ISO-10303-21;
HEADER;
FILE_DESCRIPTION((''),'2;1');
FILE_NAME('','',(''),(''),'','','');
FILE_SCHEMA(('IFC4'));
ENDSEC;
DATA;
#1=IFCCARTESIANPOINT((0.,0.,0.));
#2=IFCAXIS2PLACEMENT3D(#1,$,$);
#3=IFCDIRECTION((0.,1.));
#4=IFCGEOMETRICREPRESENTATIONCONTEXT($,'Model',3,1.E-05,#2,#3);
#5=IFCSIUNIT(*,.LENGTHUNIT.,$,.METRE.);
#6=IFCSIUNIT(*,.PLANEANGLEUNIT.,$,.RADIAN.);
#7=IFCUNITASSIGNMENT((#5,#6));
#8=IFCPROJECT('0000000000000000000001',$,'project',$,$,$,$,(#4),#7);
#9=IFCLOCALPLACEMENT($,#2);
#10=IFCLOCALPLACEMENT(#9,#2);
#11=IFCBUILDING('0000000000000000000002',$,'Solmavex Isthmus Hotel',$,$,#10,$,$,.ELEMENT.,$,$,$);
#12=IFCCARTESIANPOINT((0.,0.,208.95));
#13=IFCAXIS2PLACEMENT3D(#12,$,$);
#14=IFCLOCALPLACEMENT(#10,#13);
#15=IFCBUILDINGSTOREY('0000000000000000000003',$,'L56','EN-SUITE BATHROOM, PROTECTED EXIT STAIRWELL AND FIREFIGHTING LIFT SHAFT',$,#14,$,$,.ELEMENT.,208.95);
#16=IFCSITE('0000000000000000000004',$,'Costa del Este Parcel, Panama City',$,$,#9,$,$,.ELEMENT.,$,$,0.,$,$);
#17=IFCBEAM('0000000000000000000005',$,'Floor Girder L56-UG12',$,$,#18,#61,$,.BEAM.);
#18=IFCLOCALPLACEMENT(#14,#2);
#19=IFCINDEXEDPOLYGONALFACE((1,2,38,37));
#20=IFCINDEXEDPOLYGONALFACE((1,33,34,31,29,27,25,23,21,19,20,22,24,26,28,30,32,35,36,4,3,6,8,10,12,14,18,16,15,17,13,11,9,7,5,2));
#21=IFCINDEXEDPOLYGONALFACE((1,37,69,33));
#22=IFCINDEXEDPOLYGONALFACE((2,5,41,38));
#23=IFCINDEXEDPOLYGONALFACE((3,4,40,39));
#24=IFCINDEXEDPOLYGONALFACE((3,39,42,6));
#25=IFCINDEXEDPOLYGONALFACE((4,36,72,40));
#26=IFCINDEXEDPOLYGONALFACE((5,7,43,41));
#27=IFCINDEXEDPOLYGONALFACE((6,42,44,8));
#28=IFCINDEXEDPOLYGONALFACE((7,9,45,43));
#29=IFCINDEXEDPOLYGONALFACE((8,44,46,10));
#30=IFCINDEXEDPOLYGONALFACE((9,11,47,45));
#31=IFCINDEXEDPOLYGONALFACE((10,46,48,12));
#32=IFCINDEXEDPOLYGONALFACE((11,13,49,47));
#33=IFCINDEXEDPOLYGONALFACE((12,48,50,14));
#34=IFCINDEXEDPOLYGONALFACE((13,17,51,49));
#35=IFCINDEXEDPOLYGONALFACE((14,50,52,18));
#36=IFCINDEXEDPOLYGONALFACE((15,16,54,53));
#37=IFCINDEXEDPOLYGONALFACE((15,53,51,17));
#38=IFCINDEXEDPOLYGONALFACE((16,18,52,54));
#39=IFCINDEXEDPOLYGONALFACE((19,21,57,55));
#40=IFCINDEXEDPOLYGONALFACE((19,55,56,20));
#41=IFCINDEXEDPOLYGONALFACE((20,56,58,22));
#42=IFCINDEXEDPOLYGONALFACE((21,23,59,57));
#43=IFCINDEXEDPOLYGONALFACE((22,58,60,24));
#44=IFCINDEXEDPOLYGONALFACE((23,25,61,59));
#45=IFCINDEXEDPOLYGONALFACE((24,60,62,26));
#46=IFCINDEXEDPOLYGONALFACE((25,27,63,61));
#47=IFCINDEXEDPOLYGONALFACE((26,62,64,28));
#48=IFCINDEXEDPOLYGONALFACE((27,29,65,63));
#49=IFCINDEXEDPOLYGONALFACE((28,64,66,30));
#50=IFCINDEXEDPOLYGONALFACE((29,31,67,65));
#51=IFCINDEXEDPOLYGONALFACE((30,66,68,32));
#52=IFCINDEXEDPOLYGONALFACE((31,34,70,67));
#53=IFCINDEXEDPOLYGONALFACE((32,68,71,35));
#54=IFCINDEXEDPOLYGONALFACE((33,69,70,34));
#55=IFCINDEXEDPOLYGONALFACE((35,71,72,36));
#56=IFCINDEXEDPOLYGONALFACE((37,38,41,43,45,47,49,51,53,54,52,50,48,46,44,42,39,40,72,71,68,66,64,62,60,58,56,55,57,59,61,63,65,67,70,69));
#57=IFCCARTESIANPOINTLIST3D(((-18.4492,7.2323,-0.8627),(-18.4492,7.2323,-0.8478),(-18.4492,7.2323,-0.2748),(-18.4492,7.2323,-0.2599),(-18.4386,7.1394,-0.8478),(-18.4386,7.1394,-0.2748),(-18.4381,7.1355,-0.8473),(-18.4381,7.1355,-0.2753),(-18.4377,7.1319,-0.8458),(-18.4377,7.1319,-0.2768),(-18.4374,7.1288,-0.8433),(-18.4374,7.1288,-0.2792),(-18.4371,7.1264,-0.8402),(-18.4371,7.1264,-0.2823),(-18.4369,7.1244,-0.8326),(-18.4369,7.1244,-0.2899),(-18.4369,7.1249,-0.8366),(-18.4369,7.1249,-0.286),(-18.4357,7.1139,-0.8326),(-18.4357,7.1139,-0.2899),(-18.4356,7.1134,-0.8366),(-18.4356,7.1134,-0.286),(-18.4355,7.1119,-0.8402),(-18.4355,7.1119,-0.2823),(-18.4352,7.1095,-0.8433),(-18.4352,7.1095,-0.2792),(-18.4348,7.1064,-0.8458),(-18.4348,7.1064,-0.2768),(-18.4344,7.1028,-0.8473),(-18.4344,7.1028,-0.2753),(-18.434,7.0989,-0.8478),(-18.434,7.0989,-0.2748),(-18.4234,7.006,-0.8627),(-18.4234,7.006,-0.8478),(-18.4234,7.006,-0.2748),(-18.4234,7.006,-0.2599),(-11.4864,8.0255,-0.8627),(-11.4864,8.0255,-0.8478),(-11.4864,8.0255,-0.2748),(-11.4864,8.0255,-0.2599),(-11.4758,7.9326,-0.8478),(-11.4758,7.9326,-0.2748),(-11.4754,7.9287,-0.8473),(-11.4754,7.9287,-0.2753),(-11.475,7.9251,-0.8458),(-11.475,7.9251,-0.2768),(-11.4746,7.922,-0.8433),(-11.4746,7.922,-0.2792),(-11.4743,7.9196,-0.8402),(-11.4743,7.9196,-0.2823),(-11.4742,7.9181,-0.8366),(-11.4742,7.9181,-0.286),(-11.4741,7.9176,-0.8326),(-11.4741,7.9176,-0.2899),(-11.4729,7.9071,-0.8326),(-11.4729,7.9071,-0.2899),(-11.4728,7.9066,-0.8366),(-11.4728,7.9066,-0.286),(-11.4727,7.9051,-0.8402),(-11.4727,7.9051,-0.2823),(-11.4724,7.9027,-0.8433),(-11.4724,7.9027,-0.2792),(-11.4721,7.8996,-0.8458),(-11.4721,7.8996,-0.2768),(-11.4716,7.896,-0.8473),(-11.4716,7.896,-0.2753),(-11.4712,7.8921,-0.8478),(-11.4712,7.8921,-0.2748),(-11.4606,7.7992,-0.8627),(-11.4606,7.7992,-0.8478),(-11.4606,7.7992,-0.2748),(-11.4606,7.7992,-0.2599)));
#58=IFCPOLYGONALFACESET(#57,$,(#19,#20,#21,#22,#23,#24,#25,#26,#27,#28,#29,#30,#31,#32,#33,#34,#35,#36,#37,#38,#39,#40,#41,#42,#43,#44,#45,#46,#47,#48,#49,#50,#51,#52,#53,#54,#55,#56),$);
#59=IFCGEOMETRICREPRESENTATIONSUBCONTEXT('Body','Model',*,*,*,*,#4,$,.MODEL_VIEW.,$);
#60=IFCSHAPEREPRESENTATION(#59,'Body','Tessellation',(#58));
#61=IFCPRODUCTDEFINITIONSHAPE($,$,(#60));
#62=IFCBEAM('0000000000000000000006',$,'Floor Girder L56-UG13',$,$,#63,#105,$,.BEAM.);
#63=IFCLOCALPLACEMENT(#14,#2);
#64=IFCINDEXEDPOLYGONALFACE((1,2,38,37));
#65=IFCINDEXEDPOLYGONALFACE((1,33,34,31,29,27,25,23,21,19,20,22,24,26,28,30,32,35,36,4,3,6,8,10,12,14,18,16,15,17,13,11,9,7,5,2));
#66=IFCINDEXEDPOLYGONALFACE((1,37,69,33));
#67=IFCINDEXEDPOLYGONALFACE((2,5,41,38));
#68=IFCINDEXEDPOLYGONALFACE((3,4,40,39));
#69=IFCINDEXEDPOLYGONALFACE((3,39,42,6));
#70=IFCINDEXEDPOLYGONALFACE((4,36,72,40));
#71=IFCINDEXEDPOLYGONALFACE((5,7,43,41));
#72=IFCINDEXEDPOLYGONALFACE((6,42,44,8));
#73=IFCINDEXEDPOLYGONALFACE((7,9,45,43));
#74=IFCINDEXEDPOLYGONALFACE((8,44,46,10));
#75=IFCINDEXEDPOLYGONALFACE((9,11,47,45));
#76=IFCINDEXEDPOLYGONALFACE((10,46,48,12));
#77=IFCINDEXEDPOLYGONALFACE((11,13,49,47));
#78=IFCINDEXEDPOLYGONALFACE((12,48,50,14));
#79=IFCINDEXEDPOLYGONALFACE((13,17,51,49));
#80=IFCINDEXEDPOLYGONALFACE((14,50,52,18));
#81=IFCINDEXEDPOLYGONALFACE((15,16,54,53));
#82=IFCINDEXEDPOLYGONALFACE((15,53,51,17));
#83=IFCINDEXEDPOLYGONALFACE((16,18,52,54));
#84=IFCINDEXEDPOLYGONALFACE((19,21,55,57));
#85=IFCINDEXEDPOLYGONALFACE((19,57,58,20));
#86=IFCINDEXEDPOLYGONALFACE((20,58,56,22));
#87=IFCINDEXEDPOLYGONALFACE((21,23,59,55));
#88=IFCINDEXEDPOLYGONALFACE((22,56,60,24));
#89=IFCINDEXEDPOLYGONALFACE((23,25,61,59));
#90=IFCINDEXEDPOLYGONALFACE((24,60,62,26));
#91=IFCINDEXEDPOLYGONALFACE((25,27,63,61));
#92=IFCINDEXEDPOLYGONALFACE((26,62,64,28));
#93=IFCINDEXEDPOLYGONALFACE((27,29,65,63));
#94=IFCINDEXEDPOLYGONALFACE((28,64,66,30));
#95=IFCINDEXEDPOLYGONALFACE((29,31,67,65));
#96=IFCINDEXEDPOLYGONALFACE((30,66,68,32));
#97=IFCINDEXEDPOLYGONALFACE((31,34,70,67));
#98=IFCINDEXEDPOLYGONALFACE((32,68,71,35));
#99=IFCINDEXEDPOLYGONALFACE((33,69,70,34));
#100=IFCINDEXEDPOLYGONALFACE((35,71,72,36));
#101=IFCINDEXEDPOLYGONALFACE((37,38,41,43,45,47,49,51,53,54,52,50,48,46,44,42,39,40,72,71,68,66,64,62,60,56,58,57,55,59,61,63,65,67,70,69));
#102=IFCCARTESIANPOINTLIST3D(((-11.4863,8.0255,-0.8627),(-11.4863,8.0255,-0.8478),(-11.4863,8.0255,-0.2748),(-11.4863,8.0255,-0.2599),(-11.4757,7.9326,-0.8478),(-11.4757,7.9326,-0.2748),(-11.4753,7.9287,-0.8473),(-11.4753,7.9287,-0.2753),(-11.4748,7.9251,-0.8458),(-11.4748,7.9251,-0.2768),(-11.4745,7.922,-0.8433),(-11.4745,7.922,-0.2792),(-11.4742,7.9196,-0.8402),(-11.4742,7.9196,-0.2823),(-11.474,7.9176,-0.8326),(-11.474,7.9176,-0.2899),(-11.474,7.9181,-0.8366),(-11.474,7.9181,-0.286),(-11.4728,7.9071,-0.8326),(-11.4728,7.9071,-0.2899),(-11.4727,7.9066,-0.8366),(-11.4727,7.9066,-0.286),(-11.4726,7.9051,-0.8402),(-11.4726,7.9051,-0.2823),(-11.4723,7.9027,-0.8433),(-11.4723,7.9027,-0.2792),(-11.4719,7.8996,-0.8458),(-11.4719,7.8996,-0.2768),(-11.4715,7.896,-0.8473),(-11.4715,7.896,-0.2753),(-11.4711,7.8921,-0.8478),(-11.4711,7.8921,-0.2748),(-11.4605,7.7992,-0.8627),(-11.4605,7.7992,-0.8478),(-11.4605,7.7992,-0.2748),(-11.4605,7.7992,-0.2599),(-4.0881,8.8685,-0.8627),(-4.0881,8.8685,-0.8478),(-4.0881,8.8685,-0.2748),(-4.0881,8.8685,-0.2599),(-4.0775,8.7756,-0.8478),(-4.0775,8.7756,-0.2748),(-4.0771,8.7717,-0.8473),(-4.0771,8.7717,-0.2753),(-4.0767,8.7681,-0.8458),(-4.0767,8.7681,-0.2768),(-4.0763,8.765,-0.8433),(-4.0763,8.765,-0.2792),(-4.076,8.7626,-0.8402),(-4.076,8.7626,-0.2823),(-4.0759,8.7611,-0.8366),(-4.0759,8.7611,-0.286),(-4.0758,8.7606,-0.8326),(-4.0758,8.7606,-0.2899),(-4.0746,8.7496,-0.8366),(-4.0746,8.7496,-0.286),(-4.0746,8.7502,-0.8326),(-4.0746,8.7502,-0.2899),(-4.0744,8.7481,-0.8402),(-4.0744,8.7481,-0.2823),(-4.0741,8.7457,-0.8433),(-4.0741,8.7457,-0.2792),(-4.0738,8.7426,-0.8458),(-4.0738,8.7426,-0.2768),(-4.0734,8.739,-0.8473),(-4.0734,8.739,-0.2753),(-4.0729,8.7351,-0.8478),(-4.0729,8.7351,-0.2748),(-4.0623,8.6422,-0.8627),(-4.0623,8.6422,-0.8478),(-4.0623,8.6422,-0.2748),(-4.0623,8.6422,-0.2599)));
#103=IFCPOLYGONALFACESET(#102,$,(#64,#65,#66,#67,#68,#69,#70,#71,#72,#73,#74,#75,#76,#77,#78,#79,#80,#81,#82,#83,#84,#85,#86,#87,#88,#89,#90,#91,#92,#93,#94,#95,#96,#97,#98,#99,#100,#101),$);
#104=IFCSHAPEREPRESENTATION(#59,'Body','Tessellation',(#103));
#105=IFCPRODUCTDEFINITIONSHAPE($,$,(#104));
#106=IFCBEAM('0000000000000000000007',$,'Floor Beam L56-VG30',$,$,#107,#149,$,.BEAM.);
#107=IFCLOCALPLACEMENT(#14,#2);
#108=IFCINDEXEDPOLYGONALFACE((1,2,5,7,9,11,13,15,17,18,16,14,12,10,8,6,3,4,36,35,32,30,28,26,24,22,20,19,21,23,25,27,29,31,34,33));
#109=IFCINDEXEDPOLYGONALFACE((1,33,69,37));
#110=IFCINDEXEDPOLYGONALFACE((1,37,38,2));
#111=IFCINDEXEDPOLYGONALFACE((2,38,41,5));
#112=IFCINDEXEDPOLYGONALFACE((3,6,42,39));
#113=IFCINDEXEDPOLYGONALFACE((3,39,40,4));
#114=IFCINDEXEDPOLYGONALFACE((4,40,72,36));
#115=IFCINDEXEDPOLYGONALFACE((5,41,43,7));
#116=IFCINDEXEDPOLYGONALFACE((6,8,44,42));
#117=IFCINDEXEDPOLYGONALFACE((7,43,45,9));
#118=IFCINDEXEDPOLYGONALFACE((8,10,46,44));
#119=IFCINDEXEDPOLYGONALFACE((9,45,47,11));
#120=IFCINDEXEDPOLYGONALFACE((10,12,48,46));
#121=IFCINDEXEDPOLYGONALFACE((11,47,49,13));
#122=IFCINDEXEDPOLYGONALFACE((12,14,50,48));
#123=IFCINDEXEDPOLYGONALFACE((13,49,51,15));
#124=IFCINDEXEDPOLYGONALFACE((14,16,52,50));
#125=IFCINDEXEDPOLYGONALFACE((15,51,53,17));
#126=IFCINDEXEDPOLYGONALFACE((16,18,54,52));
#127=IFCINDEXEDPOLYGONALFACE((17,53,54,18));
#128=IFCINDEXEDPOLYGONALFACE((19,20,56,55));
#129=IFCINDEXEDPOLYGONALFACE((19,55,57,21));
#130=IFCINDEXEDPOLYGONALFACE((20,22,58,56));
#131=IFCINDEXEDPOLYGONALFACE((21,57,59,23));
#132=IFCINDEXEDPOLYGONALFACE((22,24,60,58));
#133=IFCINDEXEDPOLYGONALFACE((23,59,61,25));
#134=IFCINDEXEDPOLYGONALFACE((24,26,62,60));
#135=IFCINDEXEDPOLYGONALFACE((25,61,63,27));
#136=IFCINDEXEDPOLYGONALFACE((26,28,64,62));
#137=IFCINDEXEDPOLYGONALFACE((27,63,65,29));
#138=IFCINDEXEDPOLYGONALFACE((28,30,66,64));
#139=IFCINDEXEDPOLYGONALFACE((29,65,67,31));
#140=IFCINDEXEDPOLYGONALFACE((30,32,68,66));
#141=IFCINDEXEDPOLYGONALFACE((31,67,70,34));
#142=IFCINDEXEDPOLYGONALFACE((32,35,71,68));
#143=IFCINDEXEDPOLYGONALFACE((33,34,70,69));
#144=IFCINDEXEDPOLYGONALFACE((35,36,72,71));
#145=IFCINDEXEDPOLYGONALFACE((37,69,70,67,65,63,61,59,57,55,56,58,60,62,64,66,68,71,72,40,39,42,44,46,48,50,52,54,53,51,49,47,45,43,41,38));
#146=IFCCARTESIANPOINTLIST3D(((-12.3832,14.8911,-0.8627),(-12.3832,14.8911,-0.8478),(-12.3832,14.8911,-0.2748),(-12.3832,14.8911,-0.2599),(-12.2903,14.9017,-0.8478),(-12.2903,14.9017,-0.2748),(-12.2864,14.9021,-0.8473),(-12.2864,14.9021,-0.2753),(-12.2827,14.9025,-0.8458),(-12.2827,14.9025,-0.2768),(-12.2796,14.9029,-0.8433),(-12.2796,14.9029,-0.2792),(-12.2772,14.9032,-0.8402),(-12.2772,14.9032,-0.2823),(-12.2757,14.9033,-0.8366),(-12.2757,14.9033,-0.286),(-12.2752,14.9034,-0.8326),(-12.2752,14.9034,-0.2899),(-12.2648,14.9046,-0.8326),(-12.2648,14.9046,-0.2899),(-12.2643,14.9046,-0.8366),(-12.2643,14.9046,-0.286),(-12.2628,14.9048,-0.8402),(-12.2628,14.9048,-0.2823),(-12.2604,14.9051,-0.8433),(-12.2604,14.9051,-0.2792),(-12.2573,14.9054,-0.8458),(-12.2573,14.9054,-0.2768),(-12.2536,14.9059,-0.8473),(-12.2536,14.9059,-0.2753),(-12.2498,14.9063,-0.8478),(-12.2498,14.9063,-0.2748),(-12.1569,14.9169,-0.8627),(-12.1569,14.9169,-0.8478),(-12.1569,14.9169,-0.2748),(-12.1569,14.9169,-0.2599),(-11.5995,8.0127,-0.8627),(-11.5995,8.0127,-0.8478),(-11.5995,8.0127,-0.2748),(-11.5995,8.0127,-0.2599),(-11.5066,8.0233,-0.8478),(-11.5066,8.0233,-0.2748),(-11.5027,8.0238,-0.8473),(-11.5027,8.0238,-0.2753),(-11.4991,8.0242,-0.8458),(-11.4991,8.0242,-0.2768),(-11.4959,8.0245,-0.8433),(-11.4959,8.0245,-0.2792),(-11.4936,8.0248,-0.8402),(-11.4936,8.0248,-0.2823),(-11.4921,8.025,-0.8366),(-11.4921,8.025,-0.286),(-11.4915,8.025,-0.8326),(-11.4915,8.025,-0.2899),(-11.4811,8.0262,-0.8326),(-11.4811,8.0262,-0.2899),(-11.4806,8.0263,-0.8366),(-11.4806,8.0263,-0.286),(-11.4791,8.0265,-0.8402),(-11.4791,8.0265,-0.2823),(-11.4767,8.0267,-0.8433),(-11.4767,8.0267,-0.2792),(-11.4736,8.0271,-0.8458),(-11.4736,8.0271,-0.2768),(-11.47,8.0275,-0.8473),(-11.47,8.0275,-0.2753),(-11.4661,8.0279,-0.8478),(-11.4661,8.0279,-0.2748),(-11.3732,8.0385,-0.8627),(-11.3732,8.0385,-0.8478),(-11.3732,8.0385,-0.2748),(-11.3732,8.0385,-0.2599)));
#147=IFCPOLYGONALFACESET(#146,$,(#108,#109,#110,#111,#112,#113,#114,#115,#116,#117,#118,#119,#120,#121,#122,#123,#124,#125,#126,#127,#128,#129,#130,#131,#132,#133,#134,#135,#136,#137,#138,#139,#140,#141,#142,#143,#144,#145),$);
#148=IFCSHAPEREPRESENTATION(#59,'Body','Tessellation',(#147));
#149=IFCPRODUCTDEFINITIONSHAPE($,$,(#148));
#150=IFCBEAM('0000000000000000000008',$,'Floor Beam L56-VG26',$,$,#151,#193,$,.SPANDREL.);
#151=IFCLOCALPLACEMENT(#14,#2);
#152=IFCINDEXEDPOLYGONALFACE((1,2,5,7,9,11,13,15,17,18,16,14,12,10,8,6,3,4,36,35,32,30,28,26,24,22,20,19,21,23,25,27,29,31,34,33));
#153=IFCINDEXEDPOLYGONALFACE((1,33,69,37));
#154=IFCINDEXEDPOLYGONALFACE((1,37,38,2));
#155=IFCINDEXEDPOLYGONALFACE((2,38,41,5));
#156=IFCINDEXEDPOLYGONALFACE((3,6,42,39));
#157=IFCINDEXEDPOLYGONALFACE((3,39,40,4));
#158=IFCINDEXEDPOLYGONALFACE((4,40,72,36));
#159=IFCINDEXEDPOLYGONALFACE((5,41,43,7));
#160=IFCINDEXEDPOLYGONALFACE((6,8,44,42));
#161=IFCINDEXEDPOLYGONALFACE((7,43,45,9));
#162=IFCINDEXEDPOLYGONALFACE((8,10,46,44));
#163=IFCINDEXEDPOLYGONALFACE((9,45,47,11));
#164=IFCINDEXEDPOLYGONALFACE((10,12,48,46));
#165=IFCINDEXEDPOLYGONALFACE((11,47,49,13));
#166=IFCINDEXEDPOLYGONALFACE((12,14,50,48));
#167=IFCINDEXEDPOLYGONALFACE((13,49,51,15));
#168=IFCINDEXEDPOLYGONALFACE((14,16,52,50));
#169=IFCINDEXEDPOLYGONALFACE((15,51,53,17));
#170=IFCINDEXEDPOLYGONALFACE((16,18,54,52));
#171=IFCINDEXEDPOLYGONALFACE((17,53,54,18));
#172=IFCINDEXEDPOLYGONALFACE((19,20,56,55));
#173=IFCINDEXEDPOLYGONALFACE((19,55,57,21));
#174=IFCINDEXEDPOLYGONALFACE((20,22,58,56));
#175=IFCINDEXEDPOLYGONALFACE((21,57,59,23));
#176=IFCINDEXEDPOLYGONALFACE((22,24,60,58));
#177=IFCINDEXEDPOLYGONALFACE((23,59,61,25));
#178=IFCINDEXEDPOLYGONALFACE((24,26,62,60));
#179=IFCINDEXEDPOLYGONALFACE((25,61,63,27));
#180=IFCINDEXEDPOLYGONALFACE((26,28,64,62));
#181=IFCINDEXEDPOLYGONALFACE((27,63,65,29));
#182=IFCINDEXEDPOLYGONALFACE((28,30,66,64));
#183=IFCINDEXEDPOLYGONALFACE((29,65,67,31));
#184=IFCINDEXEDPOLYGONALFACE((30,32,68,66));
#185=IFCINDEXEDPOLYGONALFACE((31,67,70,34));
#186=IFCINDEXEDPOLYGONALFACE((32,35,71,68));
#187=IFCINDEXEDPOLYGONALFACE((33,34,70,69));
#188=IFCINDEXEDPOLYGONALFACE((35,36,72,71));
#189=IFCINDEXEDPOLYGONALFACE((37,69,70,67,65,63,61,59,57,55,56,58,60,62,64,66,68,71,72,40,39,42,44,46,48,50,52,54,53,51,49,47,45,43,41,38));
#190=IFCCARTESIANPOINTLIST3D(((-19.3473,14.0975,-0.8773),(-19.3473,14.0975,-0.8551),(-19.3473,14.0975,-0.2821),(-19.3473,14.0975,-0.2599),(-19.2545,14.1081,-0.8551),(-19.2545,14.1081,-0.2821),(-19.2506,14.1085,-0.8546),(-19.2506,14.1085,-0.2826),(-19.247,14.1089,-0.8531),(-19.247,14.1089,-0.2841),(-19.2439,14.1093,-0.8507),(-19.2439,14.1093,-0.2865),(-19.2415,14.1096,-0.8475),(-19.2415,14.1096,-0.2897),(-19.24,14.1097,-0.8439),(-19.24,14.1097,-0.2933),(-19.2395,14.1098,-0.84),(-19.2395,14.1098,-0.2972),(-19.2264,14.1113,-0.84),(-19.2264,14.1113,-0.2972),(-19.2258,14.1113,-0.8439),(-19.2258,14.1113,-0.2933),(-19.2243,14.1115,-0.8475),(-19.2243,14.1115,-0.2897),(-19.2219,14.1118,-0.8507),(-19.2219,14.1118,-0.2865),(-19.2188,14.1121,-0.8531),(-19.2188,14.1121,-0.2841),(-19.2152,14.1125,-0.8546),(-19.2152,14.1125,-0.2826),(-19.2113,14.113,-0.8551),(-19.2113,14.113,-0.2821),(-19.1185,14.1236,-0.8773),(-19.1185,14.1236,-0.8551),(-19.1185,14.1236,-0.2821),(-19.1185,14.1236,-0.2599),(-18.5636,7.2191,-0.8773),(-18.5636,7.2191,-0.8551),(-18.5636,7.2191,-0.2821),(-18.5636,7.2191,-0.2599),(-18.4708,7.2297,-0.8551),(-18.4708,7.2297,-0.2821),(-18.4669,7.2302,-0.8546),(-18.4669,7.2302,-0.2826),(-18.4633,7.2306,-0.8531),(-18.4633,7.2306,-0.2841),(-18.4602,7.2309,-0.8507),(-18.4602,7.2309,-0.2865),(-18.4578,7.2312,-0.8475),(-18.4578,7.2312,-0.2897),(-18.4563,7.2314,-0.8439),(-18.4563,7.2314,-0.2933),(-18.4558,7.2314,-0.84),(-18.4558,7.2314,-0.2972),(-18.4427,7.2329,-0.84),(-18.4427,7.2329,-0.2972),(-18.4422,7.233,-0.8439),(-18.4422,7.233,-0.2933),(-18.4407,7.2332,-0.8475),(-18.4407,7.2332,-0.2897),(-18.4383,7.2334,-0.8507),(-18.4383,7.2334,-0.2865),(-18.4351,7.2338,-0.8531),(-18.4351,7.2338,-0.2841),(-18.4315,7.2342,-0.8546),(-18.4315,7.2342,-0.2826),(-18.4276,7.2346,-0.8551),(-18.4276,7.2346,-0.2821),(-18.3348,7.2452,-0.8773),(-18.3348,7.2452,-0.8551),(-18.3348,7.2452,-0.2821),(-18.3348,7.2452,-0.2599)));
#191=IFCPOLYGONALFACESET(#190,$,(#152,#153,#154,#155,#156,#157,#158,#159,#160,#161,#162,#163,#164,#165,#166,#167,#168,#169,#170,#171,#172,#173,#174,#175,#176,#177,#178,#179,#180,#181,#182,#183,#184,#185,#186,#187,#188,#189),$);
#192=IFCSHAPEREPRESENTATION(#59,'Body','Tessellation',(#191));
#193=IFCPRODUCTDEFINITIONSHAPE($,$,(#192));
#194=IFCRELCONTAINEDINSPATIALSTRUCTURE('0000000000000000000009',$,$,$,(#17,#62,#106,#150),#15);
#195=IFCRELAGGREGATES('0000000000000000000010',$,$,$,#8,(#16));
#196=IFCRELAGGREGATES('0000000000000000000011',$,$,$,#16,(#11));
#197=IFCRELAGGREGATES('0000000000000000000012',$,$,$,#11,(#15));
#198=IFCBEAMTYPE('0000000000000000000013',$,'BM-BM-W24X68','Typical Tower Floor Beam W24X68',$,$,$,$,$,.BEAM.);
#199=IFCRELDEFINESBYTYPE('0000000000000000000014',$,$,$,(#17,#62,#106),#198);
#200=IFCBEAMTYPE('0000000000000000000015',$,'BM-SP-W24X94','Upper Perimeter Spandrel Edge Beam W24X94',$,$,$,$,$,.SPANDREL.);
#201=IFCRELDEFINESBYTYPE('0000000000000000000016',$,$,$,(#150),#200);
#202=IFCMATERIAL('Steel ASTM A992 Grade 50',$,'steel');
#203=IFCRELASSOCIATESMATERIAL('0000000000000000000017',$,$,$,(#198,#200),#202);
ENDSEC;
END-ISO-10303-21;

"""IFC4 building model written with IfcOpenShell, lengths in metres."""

from ifc_helpers import new_model, si_unit, direction, frame, origin, origin_2d, place, context, subcontext, project, spatial, i_section, extrude, material, material_profile, profile_set, type_object, element, save


model = new_model("IFC4")

# Units and contexts
model_context = context("Model", 3, precision=1e-05, world=origin(), true_north=direction((0.0, 1.0)))
body_context = subcontext(model_context, "Body", "Model", "MODEL_VIEW")
ifc_project = project(units=[si_unit("LENGTHUNIT", "METRE"), si_unit("PLANEANGLEUNIT", "RADIAN")], contexts=[model_context])

# Site, building, storey
site_placement = place(None, origin())
site = spatial("IfcSite", under=ifc_project, at=site_placement, Name="Costa del Este Parcel, Panama City", CompositionType="ELEMENT", RefElevation=0.0)
building_placement = place(site_placement, origin())
building = spatial("IfcBuilding", under=site, at=building_placement, Name="Solmavex Isthmus Hotel", CompositionType="ELEMENT")
storey_placement = place(building_placement, frame((0.0, 0.0, 208.95)))
storey = spatial("IfcBuildingStorey", under=building, at=storey_placement, Name="L56", Description="EN-SUITE BATHROOM, PROTECTED EXIT STAIRWELL AND FIREFIGHTING LIFT SHAFT", CompositionType="ELEMENT", Elevation=208.95)

# Beams
ifc_material_1 = material(Name="Steel ASTM A992 Grade 50", Category="steel")
ifc_material_profile_1 = material_profile(ifc_material_1, i_section(OverallWidth=0.2278, OverallDepth=0.6028, WebThickness=0.0105, FlangeThickness=0.0149, FilletRadius=0.0151, at=origin_2d()), Name="W24X68")
ifc_profile_set_1 = profile_set([ifc_material_profile_1], Name="Steel ASTM A992 Grade 50")
beam_type_1 = type_object("IfcBeamType", Name="BM-BM-W24X68", Description="Typical Tower Floor Beam W24X68", PredefinedType="BEAM", material=ifc_profile_set_1)
beam_1_placement = place(storey_placement, frame((-18.4363, 7.1191, -0.5613), z_axis=(0.993574, 0.113188, 0.0), x_axis=(-0.113188, 0.993574, 0.0)))
element("IfcBeam", 1, at=beam_1_placement, inside=storey, type_object=beam_type_1, Name="Floor Girder L56-UG12", PredefinedType="BEAM", context=body_context, shape_type="SweptSolid", body=[
    extrude(i_section(OverallWidth=0.2278, OverallDepth=0.6028, WebThickness=0.0105, FlangeThickness=0.0149, FilletRadius=0.0151, at=origin_2d()), origin(), (0.0, 0.0, 1.0), 7.0078),
])
beam_2_placement = place(storey_placement, frame((-11.4734, 7.9124, -0.5613), z_axis=(0.99357, 0.113216, 0.0), x_axis=(-0.113216, 0.99357, 0.0)))
element("IfcBeam", 2, at=beam_2_placement, inside=storey, type_object=beam_type_1, Name="Floor Girder L56-UG13", PredefinedType="BEAM", context=body_context, shape_type="SweptSolid", body=[
    extrude(i_section(OverallWidth=0.2278, OverallDepth=0.6028, WebThickness=0.0105, FlangeThickness=0.0149, FilletRadius=0.0151, at=origin_2d()), origin(), (0.0, 0.0, 1.0), 7.446),
])
beam_3_placement = place(storey_placement, frame((-11.4863, 8.0256, -0.5613), z_axis=(-0.113202, 0.993572, 0.0), x_axis=(-0.993572, -0.113202, 0.0)))
element("IfcBeam", 3, at=beam_3_placement, inside=storey, type_object=beam_type_1, Name="Floor Beam L56-VG30", PredefinedType="BEAM", context=body_context, shape_type="SweptSolid", body=[
    extrude(i_section(OverallWidth=0.2278, OverallDepth=0.6028, WebThickness=0.0105, FlangeThickness=0.0149, FilletRadius=0.0151, at=origin_2d()), origin(), (0.0, 0.0, 1.0), 6.9229),
])
ifc_material_profile_2 = material_profile(ifc_material_1, i_section(OverallWidth=0.2302, OverallDepth=0.6174, WebThickness=0.0132, FlangeThickness=0.0222, FilletRadius=0.0151, at=origin_2d()), Name="W24X94")
ifc_profile_set_2 = profile_set([ifc_material_profile_2], Name="Steel ASTM A992 Grade 50")
beam_type_2 = type_object("IfcBeamType", Name="BM-SP-W24X94", Description="Upper Perimeter Spandrel Edge Beam W24X94", PredefinedType="SPANDREL", material=ifc_profile_set_2)
beam_4_placement = place(storey_placement, frame((-18.4492, 7.2322, -0.5686), z_axis=(-0.113202, 0.993572, 0.0), x_axis=(-0.993572, -0.113202, 0.0)))
element("IfcBeam", 4, at=beam_4_placement, inside=storey, type_object=beam_type_2, Name="Floor Beam L56-VG26", PredefinedType="SPANDREL", context=body_context, shape_type="SweptSolid", body=[
    extrude(i_section(OverallWidth=0.2302, OverallDepth=0.6174, WebThickness=0.0132, FlangeThickness=0.0222, FilletRadius=0.0151, at=origin_2d()), origin(), (0.0, 0.0, 1.0), 6.9229),
])

save(model, "model.ifc")
